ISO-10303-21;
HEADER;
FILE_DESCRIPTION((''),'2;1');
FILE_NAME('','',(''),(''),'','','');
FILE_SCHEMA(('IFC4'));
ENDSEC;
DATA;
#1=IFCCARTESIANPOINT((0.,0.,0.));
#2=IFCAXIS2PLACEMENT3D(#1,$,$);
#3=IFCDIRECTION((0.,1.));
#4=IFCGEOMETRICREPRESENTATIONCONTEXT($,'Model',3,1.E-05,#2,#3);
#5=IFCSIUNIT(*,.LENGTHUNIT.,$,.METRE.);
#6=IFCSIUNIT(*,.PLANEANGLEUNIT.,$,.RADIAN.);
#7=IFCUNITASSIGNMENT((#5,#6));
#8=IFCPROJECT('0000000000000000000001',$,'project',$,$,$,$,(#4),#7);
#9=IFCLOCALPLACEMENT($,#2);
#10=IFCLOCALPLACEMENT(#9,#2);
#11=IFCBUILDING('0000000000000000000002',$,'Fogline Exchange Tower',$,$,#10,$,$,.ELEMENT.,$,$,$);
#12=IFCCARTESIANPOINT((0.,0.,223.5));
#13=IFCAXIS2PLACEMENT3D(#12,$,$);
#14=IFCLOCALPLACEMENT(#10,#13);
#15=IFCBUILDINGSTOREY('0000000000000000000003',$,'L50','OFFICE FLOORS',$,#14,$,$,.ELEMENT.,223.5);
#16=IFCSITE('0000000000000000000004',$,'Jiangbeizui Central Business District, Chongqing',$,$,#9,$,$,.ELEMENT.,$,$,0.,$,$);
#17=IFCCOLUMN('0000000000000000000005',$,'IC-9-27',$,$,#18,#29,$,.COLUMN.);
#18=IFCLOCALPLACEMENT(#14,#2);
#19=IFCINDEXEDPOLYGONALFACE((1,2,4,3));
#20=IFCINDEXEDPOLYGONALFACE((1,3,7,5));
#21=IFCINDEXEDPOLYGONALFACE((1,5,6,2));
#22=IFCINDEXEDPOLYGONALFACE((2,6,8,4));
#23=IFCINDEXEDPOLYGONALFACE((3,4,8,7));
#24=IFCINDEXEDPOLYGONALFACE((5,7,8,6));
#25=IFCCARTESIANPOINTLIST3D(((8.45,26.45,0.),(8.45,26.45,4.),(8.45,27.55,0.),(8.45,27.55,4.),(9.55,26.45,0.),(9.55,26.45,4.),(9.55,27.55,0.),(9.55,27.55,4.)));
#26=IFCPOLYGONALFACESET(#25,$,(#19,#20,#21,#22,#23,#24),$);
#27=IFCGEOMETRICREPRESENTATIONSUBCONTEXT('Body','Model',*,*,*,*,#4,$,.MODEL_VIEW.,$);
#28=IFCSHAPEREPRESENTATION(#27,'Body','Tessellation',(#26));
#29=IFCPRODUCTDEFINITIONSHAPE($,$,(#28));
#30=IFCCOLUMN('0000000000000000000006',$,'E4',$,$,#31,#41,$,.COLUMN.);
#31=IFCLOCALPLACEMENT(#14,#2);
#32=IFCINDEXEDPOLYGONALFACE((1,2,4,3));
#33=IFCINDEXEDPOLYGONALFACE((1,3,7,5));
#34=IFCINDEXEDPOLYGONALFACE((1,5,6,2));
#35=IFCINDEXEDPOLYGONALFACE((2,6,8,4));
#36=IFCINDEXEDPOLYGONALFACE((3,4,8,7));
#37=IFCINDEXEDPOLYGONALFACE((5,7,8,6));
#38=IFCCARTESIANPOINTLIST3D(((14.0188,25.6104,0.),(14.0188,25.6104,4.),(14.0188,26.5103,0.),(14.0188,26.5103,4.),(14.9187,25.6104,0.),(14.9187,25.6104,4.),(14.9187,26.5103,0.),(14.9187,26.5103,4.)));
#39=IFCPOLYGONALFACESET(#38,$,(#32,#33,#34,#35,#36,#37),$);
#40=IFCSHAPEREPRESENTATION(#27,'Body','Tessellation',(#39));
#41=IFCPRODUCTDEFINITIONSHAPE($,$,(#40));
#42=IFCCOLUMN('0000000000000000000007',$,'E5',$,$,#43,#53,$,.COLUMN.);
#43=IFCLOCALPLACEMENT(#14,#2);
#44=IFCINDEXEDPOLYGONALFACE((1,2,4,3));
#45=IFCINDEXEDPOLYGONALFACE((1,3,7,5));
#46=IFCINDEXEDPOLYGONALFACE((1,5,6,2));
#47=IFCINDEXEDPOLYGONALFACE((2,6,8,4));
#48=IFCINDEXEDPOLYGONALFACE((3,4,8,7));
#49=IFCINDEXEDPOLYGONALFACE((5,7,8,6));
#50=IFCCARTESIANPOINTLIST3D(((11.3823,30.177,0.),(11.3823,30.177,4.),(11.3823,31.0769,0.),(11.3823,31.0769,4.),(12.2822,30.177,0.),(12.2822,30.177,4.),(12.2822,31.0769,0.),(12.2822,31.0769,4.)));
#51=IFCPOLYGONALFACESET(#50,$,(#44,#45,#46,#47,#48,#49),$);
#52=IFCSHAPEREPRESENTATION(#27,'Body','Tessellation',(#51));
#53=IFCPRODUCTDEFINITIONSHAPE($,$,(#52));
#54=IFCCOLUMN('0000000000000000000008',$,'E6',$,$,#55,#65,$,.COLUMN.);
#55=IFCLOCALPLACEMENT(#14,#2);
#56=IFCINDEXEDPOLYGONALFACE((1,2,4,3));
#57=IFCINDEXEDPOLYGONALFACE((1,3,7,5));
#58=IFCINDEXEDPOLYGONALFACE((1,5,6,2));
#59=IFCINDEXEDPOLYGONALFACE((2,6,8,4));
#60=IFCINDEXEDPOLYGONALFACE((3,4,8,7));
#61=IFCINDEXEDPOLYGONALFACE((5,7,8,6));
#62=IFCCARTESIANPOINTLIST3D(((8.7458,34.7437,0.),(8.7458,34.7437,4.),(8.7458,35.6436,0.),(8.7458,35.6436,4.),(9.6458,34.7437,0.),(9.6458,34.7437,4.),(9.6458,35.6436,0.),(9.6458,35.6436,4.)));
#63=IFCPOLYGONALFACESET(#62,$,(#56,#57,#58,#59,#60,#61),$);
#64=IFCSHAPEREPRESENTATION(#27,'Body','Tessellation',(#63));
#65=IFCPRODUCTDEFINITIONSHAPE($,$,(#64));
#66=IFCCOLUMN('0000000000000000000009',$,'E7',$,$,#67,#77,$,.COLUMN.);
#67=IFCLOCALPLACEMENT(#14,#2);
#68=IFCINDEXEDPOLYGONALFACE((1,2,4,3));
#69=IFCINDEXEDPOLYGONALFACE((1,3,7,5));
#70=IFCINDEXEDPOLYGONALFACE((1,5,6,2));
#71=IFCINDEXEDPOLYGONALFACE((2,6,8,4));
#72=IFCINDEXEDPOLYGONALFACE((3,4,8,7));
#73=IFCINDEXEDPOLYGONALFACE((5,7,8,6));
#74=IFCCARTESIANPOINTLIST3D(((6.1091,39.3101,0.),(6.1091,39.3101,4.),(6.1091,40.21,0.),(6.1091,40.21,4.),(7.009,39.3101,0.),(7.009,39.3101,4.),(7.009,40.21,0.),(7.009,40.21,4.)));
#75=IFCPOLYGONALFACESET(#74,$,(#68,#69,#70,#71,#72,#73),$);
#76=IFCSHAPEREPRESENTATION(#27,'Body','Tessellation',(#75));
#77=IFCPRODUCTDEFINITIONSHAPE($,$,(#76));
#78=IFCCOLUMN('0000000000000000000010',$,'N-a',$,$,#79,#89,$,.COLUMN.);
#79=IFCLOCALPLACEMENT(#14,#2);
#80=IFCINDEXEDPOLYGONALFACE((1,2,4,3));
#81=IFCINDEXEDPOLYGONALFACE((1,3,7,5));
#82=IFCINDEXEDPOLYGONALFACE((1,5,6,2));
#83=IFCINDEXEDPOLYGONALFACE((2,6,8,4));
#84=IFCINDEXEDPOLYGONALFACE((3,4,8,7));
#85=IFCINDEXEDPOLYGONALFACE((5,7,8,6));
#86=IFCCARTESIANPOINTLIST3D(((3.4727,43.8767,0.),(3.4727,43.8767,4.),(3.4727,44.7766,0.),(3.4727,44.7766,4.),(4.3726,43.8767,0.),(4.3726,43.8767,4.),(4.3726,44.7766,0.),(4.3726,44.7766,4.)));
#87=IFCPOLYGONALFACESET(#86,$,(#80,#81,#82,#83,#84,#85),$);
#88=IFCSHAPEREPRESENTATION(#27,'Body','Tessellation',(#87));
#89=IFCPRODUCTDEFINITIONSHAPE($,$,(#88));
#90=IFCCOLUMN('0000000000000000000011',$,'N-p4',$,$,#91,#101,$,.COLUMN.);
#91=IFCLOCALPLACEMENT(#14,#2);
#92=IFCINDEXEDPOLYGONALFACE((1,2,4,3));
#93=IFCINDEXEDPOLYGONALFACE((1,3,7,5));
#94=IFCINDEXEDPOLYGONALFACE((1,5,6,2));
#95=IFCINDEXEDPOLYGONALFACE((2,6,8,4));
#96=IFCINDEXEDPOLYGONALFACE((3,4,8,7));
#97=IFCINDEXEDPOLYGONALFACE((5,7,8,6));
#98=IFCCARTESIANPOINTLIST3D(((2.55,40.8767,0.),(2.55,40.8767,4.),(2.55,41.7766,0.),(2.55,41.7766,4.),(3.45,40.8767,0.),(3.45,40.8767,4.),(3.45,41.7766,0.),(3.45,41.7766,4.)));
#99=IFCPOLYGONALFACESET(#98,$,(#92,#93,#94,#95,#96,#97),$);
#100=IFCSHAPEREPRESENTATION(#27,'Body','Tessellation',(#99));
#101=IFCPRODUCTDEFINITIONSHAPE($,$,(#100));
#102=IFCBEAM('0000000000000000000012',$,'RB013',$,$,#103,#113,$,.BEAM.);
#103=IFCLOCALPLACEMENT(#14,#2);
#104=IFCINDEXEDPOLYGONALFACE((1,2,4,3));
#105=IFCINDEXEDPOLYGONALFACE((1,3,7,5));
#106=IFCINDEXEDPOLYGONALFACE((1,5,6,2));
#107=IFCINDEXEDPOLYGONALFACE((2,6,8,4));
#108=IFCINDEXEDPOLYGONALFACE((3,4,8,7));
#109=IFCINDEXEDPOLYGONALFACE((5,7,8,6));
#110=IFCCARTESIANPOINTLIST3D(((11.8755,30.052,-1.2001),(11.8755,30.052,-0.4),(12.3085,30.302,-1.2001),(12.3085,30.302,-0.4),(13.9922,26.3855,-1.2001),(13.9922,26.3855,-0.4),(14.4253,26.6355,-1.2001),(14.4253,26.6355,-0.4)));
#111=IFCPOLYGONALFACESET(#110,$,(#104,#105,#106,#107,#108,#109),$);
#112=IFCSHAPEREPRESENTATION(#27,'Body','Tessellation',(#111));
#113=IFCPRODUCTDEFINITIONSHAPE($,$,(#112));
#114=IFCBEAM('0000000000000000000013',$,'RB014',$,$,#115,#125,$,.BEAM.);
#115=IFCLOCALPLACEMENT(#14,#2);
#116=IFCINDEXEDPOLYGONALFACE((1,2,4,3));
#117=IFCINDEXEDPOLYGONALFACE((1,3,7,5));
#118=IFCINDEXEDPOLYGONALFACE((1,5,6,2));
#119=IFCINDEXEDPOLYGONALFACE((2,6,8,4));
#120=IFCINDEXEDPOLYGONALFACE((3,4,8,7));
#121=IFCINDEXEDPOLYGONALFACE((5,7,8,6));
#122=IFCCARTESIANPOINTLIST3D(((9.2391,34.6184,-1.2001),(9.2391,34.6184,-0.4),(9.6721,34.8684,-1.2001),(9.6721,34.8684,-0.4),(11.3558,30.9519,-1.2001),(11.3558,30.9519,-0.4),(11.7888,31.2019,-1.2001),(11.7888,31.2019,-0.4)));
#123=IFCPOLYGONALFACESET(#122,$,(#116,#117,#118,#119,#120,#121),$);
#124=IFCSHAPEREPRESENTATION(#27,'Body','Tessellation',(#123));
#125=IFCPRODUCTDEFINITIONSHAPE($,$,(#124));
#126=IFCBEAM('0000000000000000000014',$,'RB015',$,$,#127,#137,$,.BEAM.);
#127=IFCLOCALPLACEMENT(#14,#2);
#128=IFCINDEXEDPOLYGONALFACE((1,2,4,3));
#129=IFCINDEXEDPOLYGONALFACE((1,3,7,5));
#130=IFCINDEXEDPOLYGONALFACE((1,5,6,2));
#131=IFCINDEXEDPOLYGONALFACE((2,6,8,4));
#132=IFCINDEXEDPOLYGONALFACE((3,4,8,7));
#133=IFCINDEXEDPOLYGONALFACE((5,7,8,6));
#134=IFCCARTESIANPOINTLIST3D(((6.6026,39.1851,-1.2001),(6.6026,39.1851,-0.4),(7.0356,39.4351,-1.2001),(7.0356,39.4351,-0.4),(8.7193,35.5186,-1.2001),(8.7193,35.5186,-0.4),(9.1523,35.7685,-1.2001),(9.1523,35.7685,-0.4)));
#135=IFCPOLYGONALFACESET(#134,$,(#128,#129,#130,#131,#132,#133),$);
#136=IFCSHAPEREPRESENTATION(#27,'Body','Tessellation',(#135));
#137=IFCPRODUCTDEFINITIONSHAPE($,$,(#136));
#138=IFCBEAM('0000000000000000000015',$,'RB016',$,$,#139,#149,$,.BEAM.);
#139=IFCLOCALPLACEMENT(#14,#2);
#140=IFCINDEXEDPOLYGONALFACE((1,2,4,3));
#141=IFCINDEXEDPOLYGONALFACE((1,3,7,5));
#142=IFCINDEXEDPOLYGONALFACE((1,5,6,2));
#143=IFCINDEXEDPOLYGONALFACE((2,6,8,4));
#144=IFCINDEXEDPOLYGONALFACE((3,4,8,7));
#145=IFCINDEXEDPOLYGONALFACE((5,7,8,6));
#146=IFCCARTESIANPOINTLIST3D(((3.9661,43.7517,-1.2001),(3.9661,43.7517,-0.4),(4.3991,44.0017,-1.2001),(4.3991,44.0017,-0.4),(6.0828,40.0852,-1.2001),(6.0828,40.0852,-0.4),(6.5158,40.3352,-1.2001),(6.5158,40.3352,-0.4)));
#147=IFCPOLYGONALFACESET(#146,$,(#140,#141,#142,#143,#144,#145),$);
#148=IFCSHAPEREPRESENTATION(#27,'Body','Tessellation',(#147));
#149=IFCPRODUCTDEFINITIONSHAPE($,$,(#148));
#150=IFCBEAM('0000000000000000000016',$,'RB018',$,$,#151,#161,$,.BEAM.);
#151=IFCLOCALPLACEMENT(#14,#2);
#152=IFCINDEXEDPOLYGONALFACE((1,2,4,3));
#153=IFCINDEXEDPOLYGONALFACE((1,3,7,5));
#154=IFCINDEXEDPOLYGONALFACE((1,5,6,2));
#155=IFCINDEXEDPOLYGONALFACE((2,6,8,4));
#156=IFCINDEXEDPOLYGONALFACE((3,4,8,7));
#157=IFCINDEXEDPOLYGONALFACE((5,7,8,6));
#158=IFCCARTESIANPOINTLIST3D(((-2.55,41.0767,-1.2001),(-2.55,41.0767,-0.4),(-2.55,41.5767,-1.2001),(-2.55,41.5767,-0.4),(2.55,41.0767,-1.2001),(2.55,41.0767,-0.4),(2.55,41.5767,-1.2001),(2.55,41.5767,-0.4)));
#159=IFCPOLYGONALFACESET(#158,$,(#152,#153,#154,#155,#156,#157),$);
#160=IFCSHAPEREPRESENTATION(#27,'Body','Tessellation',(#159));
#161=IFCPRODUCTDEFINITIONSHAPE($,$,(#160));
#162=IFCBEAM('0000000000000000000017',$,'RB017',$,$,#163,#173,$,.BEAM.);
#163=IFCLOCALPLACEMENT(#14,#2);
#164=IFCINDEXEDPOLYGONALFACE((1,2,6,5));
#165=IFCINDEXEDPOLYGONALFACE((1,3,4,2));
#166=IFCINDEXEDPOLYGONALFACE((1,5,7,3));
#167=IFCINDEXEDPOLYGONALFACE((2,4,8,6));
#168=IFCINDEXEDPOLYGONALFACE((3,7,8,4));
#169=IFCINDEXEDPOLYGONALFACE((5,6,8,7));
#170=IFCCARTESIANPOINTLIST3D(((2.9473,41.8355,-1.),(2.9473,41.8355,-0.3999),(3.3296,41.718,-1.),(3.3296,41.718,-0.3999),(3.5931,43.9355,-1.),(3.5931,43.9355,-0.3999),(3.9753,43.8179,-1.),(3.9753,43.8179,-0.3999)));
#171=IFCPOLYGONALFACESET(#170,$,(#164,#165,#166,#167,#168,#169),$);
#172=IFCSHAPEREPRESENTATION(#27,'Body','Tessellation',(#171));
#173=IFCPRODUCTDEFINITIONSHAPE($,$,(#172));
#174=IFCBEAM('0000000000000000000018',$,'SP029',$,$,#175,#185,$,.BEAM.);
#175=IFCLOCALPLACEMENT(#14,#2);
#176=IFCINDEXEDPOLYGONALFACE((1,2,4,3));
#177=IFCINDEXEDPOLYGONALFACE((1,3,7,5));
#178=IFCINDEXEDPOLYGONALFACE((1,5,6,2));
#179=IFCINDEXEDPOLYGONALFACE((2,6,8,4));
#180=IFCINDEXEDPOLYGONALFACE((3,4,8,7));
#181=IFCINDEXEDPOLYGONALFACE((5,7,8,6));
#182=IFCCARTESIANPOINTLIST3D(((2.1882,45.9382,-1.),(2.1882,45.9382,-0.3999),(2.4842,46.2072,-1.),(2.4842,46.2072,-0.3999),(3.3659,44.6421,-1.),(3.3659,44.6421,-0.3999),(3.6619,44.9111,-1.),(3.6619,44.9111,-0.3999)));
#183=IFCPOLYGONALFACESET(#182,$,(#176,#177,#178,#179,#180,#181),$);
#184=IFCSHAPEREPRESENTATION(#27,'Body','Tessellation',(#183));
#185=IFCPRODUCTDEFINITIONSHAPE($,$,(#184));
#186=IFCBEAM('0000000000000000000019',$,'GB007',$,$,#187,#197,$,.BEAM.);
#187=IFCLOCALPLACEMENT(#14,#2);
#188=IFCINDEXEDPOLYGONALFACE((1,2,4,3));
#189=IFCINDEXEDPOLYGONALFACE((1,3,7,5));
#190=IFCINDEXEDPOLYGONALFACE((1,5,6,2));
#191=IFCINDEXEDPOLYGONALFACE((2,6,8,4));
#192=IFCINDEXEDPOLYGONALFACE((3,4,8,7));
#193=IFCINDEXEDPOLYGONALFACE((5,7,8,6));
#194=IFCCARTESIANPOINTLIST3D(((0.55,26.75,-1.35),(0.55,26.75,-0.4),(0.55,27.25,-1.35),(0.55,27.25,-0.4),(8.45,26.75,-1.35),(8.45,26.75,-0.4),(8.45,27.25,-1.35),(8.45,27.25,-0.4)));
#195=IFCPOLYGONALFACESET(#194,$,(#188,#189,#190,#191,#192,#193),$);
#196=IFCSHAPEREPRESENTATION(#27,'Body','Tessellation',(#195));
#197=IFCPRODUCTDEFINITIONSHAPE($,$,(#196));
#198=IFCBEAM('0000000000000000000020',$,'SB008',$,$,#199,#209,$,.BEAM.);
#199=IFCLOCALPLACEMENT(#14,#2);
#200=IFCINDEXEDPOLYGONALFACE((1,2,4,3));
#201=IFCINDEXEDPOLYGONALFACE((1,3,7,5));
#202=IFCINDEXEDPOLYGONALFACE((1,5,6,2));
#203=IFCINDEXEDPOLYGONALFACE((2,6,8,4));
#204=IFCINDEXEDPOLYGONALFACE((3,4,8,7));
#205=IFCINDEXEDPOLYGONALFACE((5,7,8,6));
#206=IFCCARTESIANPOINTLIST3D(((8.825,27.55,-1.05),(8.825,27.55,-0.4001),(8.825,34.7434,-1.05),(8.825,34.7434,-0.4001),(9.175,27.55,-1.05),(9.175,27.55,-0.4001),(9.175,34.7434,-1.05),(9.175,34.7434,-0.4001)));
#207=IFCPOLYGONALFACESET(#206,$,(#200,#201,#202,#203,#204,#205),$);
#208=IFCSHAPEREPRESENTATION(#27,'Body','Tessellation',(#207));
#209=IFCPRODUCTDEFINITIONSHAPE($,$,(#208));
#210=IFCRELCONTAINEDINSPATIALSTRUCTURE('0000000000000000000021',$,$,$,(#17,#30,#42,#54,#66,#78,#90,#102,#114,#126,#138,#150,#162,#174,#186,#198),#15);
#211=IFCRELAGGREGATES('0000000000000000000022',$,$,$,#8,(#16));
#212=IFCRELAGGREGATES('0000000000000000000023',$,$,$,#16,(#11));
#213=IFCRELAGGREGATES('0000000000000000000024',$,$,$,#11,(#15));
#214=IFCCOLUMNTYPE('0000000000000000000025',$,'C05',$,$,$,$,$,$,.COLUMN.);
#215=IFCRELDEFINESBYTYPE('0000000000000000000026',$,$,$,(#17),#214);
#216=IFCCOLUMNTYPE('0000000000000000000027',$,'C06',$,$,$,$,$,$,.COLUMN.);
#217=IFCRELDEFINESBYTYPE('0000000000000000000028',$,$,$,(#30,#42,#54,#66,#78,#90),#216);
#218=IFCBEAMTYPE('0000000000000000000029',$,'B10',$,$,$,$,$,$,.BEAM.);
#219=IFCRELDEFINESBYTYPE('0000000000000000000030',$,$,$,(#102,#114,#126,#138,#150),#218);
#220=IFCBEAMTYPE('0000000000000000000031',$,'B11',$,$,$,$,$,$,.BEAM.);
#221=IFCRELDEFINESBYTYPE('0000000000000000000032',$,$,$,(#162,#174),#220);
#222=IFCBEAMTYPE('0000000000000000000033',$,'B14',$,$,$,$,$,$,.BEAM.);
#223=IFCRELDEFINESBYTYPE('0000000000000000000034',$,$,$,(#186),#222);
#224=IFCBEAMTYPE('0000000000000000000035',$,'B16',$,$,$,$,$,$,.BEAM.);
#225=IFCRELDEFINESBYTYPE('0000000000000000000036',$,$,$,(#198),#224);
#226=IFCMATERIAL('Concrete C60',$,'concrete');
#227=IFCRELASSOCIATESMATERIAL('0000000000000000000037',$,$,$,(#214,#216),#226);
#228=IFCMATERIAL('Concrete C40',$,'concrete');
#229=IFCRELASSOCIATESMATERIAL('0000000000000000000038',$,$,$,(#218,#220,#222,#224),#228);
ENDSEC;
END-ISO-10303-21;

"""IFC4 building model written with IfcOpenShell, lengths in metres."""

from ifc_helpers import new_model, si_unit, direction, frame, origin, origin_2d, place, context, subcontext, project, spatial, rectangle, extrude, material, material_profile, profile_set, type_object, element, save


model = new_model("IFC4")

# Units and contexts
model_context = context("Model", 3, precision=1e-05, world=origin(), true_north=direction((0.0, 1.0)))
body_context = subcontext(model_context, "Body", "Model", "MODEL_VIEW")
ifc_project = project(units=[si_unit("LENGTHUNIT", "METRE"), si_unit("PLANEANGLEUNIT", "RADIAN")], contexts=[model_context])

# Site, building, storey
site_placement = place(None, origin())
site = spatial("IfcSite", under=ifc_project, at=site_placement, Name="Jiangbeizui Central Business District, Chongqing", CompositionType="ELEMENT", RefElevation=0.0)
building_placement = place(site_placement, origin())
building = spatial("IfcBuilding", under=site, at=building_placement, Name="Fogline Exchange Tower", CompositionType="ELEMENT")
storey_placement = place(building_placement, frame((0.0, 0.0, 223.5)))
storey = spatial("IfcBuildingStorey", under=building, at=storey_placement, Name="L50", Description="OFFICE FLOORS", CompositionType="ELEMENT", Elevation=223.5)

# Columns
ifc_material_1 = material(Name="Concrete C60", Category="concrete")
ifc_material_profile_1 = material_profile(ifc_material_1, rectangle(XDim=1.1001, YDim=1.1001, at=origin_2d()), Name="RC 1100x1100")
ifc_profile_set_1 = profile_set([ifc_material_profile_1], Name="Concrete C60")
column_type_1 = type_object("IfcColumnType", Name="C05", PredefinedType="COLUMN", material=ifc_profile_set_1)
column_placement = place(storey_placement, frame((9.0, 27.0, 0.0), z_axis=(0.0, 0.0, 1.0), x_axis=(1.0, 0.0, 0.0)))
element("IfcColumn", 1, at=column_placement, inside=storey, type_object=column_type_1, Name="IC-9-27", PredefinedType="COLUMN", context=body_context, shape_type="SweptSolid", body=[
    extrude(rectangle(XDim=1.1001, YDim=1.1001, at=origin_2d()), origin(), (0.0, 0.0, 1.0), 4.0),
])
ifc_material_profile_2 = material_profile(ifc_material_1, rectangle(XDim=0.8999, YDim=0.8999, at=origin_2d()), Name="RC 900x900")
ifc_profile_set_2 = profile_set([ifc_material_profile_2], Name="Concrete C60")
column_type_2 = type_object("IfcColumnType", Name="C06", PredefinedType="COLUMN", material=ifc_profile_set_2)
for number, where, z_axis, x_axis, name in (
    (2, (14.4688, 26.0603, 0.0), (0.0, 0.0, 1.0), (1.0, 0.0, 0.0), "E4"),
    (3, (11.8323, 30.627, 0.0), (0.0, 0.0, 1.0), (1.0, 0.0, 0.0), "E5"),
    (4, (9.1958, 35.1936, 0.0), (0.0, 0.0, 1.0), (1.0, 0.0, 0.0), "E6"),
    (5, (6.5591, 39.76, 0.0), (0.0, 0.0, 1.0), (1.0, 0.0, 0.0), "E7"),
    (6, (3.9226, 44.3267, 0.0), (0.0, 0.0, 1.0), (1.0, 0.0, 0.0), "N-a"),
    (7, (3.0, 41.3267, 0.0), (0.0, 0.0, 1.0), (1.0, 0.0, 0.0), "N-p4"),
):
    element("IfcColumn", number, at=place(storey_placement, frame(where, z_axis=z_axis, x_axis=x_axis)), inside=storey, type_object=column_type_2, Name=name, PredefinedType="COLUMN", context=body_context, shape_type="SweptSolid", body=[
        extrude(rectangle(XDim=0.8999, YDim=0.8999, at=origin_2d()), origin(), (0.0, 0.0, 1.0), 4.0),
    ])

# Beams
ifc_material_2 = material(Name="Concrete C40", Category="concrete")
ifc_material_profile_3 = material_profile(ifc_material_2, rectangle(XDim=0.5, YDim=0.8, at=origin_2d()), Name="RC 500x800")
ifc_profile_set_3 = profile_set([ifc_material_profile_3], Name="Concrete C40")
beam_type_1 = type_object("IfcBeamType", Name="B10", PredefinedType="BEAM", material=ifc_profile_set_3)
for number, where, z_axis, x_axis, name in (
    (8, (14.2087, 26.5105, -0.8), (-0.499972, 0.866042, 0.0), (-0.866042, -0.499972, 0.0), "RB013"),
    (9, (11.5723, 31.0769, -0.8), (-0.499972, 0.866042, 0.0), (-0.866042, -0.499972, 0.0), "RB014"),
    (10, (8.9358, 35.6436, -0.8), (-0.499972, 0.866042, 0.0), (-0.866042, -0.499972, 0.0), "RB015"),
    (11, (6.2993, 40.2102, -0.8), (-0.499972, 0.866042, 0.0), (-0.866042, -0.499972, 0.0), "RB016"),
):
    element("IfcBeam", number, at=place(storey_placement, frame(where, z_axis=z_axis, x_axis=x_axis)), inside=storey, type_object=beam_type_1, Name=name, PredefinedType="BEAM", context=body_context, shape_type="SweptSolid", body=[
        extrude(rectangle(XDim=0.5, YDim=0.8, at=origin_2d()), origin(), (0.0, 0.0, 1.0), 4.2336),
    ])
beam_1_placement = place(storey_placement, frame((2.55, 41.3267, -0.8), z_axis=(-1.0, 0.0, 0.0), x_axis=(0.0, -1.0, 0.0)))
element("IfcBeam", 12, at=beam_1_placement, inside=storey, type_object=beam_type_1, Name="RB018", PredefinedType="BEAM", context=body_context, shape_type="SweptSolid", body=[
    extrude(rectangle(XDim=0.5, YDim=0.8, at=origin_2d()), origin(), (0.0, 0.0, 1.0), 5.1001),
])
ifc_material_profile_4 = material_profile(ifc_material_2, rectangle(XDim=0.3999, YDim=0.6001, at=origin_2d()), Name="RC 400x600")
ifc_profile_set_4 = profile_set([ifc_material_profile_4], Name="Concrete C40")
beam_type_2 = type_object("IfcBeamType", Name="B11", PredefinedType="BEAM", material=ifc_profile_set_4)
beam_2_placement = place(storey_placement, frame((3.7842, 43.8767, -0.7), z_axis=(-0.293906, -0.955834, 0.0), x_axis=(0.955834, -0.293906, 0.0)))
element("IfcBeam", 13, at=beam_2_placement, inside=storey, type_object=beam_type_2, Name="RB017", PredefinedType="BEAM", context=body_context, shape_type="SweptSolid", body=[
    extrude(rectangle(XDim=0.3999, YDim=0.6001, at=origin_2d()), origin(), (0.0, 0.0, 1.0), 2.197),
])
beam_3_placement = place(storey_placement, frame((3.5139, 44.7766, -0.7), z_axis=(-0.672492, 0.740104, 0.0), x_axis=(-0.740104, -0.672492, 0.0)))
element("IfcBeam", 14, at=beam_3_placement, inside=storey, type_object=beam_type_2, Name="SP029", PredefinedType="BEAM", context=body_context, shape_type="SweptSolid", body=[
    extrude(rectangle(XDim=0.3999, YDim=0.6001, at=origin_2d()), origin(), (0.0, 0.0, 1.0), 1.7512),
])
ifc_material_profile_5 = material_profile(ifc_material_2, rectangle(XDim=0.5, YDim=0.95, at=origin_2d()), Name="RC 500x950")
ifc_profile_set_5 = profile_set([ifc_material_profile_5], Name="Concrete C40")
beam_type_3 = type_object("IfcBeamType", Name="B14", PredefinedType="BEAM", material=ifc_profile_set_5)
beam_4_placement = place(storey_placement, frame((0.55, 27.0, -0.875), z_axis=(1.0, 0.0, 0.0), x_axis=(0.0, 1.0, 0.0)))
element("IfcBeam", 15, at=beam_4_placement, inside=storey, type_object=beam_type_3, Name="GB007", PredefinedType="BEAM", context=body_context, shape_type="SweptSolid", body=[
    extrude(rectangle(XDim=0.5, YDim=0.95, at=origin_2d()), origin(), (0.0, 0.0, 1.0), 7.8999),
])
ifc_material_profile_6 = material_profile(ifc_material_2, rectangle(XDim=0.3501, YDim=0.6499, at=origin_2d()), Name="RC 350x650")
ifc_profile_set_6 = profile_set([ifc_material_profile_6], Name="Concrete C40")
beam_type_4 = type_object("IfcBeamType", Name="B16", PredefinedType="BEAM", material=ifc_profile_set_6)
beam_5_placement = place(storey_placement, frame((9.0, 27.55, -0.7251), z_axis=(0.0, 1.0, 0.0), x_axis=(-1.0, 0.0, 0.0)))
element("IfcBeam", 16, at=beam_5_placement, inside=storey, type_object=beam_type_4, Name="SB008", PredefinedType="BEAM", context=body_context, shape_type="SweptSolid", body=[
    extrude(rectangle(XDim=0.3501, YDim=0.6499, at=origin_2d()), origin(), (0.0, 0.0, 1.0), 7.1934),
])

save(model, "model.ifc")
